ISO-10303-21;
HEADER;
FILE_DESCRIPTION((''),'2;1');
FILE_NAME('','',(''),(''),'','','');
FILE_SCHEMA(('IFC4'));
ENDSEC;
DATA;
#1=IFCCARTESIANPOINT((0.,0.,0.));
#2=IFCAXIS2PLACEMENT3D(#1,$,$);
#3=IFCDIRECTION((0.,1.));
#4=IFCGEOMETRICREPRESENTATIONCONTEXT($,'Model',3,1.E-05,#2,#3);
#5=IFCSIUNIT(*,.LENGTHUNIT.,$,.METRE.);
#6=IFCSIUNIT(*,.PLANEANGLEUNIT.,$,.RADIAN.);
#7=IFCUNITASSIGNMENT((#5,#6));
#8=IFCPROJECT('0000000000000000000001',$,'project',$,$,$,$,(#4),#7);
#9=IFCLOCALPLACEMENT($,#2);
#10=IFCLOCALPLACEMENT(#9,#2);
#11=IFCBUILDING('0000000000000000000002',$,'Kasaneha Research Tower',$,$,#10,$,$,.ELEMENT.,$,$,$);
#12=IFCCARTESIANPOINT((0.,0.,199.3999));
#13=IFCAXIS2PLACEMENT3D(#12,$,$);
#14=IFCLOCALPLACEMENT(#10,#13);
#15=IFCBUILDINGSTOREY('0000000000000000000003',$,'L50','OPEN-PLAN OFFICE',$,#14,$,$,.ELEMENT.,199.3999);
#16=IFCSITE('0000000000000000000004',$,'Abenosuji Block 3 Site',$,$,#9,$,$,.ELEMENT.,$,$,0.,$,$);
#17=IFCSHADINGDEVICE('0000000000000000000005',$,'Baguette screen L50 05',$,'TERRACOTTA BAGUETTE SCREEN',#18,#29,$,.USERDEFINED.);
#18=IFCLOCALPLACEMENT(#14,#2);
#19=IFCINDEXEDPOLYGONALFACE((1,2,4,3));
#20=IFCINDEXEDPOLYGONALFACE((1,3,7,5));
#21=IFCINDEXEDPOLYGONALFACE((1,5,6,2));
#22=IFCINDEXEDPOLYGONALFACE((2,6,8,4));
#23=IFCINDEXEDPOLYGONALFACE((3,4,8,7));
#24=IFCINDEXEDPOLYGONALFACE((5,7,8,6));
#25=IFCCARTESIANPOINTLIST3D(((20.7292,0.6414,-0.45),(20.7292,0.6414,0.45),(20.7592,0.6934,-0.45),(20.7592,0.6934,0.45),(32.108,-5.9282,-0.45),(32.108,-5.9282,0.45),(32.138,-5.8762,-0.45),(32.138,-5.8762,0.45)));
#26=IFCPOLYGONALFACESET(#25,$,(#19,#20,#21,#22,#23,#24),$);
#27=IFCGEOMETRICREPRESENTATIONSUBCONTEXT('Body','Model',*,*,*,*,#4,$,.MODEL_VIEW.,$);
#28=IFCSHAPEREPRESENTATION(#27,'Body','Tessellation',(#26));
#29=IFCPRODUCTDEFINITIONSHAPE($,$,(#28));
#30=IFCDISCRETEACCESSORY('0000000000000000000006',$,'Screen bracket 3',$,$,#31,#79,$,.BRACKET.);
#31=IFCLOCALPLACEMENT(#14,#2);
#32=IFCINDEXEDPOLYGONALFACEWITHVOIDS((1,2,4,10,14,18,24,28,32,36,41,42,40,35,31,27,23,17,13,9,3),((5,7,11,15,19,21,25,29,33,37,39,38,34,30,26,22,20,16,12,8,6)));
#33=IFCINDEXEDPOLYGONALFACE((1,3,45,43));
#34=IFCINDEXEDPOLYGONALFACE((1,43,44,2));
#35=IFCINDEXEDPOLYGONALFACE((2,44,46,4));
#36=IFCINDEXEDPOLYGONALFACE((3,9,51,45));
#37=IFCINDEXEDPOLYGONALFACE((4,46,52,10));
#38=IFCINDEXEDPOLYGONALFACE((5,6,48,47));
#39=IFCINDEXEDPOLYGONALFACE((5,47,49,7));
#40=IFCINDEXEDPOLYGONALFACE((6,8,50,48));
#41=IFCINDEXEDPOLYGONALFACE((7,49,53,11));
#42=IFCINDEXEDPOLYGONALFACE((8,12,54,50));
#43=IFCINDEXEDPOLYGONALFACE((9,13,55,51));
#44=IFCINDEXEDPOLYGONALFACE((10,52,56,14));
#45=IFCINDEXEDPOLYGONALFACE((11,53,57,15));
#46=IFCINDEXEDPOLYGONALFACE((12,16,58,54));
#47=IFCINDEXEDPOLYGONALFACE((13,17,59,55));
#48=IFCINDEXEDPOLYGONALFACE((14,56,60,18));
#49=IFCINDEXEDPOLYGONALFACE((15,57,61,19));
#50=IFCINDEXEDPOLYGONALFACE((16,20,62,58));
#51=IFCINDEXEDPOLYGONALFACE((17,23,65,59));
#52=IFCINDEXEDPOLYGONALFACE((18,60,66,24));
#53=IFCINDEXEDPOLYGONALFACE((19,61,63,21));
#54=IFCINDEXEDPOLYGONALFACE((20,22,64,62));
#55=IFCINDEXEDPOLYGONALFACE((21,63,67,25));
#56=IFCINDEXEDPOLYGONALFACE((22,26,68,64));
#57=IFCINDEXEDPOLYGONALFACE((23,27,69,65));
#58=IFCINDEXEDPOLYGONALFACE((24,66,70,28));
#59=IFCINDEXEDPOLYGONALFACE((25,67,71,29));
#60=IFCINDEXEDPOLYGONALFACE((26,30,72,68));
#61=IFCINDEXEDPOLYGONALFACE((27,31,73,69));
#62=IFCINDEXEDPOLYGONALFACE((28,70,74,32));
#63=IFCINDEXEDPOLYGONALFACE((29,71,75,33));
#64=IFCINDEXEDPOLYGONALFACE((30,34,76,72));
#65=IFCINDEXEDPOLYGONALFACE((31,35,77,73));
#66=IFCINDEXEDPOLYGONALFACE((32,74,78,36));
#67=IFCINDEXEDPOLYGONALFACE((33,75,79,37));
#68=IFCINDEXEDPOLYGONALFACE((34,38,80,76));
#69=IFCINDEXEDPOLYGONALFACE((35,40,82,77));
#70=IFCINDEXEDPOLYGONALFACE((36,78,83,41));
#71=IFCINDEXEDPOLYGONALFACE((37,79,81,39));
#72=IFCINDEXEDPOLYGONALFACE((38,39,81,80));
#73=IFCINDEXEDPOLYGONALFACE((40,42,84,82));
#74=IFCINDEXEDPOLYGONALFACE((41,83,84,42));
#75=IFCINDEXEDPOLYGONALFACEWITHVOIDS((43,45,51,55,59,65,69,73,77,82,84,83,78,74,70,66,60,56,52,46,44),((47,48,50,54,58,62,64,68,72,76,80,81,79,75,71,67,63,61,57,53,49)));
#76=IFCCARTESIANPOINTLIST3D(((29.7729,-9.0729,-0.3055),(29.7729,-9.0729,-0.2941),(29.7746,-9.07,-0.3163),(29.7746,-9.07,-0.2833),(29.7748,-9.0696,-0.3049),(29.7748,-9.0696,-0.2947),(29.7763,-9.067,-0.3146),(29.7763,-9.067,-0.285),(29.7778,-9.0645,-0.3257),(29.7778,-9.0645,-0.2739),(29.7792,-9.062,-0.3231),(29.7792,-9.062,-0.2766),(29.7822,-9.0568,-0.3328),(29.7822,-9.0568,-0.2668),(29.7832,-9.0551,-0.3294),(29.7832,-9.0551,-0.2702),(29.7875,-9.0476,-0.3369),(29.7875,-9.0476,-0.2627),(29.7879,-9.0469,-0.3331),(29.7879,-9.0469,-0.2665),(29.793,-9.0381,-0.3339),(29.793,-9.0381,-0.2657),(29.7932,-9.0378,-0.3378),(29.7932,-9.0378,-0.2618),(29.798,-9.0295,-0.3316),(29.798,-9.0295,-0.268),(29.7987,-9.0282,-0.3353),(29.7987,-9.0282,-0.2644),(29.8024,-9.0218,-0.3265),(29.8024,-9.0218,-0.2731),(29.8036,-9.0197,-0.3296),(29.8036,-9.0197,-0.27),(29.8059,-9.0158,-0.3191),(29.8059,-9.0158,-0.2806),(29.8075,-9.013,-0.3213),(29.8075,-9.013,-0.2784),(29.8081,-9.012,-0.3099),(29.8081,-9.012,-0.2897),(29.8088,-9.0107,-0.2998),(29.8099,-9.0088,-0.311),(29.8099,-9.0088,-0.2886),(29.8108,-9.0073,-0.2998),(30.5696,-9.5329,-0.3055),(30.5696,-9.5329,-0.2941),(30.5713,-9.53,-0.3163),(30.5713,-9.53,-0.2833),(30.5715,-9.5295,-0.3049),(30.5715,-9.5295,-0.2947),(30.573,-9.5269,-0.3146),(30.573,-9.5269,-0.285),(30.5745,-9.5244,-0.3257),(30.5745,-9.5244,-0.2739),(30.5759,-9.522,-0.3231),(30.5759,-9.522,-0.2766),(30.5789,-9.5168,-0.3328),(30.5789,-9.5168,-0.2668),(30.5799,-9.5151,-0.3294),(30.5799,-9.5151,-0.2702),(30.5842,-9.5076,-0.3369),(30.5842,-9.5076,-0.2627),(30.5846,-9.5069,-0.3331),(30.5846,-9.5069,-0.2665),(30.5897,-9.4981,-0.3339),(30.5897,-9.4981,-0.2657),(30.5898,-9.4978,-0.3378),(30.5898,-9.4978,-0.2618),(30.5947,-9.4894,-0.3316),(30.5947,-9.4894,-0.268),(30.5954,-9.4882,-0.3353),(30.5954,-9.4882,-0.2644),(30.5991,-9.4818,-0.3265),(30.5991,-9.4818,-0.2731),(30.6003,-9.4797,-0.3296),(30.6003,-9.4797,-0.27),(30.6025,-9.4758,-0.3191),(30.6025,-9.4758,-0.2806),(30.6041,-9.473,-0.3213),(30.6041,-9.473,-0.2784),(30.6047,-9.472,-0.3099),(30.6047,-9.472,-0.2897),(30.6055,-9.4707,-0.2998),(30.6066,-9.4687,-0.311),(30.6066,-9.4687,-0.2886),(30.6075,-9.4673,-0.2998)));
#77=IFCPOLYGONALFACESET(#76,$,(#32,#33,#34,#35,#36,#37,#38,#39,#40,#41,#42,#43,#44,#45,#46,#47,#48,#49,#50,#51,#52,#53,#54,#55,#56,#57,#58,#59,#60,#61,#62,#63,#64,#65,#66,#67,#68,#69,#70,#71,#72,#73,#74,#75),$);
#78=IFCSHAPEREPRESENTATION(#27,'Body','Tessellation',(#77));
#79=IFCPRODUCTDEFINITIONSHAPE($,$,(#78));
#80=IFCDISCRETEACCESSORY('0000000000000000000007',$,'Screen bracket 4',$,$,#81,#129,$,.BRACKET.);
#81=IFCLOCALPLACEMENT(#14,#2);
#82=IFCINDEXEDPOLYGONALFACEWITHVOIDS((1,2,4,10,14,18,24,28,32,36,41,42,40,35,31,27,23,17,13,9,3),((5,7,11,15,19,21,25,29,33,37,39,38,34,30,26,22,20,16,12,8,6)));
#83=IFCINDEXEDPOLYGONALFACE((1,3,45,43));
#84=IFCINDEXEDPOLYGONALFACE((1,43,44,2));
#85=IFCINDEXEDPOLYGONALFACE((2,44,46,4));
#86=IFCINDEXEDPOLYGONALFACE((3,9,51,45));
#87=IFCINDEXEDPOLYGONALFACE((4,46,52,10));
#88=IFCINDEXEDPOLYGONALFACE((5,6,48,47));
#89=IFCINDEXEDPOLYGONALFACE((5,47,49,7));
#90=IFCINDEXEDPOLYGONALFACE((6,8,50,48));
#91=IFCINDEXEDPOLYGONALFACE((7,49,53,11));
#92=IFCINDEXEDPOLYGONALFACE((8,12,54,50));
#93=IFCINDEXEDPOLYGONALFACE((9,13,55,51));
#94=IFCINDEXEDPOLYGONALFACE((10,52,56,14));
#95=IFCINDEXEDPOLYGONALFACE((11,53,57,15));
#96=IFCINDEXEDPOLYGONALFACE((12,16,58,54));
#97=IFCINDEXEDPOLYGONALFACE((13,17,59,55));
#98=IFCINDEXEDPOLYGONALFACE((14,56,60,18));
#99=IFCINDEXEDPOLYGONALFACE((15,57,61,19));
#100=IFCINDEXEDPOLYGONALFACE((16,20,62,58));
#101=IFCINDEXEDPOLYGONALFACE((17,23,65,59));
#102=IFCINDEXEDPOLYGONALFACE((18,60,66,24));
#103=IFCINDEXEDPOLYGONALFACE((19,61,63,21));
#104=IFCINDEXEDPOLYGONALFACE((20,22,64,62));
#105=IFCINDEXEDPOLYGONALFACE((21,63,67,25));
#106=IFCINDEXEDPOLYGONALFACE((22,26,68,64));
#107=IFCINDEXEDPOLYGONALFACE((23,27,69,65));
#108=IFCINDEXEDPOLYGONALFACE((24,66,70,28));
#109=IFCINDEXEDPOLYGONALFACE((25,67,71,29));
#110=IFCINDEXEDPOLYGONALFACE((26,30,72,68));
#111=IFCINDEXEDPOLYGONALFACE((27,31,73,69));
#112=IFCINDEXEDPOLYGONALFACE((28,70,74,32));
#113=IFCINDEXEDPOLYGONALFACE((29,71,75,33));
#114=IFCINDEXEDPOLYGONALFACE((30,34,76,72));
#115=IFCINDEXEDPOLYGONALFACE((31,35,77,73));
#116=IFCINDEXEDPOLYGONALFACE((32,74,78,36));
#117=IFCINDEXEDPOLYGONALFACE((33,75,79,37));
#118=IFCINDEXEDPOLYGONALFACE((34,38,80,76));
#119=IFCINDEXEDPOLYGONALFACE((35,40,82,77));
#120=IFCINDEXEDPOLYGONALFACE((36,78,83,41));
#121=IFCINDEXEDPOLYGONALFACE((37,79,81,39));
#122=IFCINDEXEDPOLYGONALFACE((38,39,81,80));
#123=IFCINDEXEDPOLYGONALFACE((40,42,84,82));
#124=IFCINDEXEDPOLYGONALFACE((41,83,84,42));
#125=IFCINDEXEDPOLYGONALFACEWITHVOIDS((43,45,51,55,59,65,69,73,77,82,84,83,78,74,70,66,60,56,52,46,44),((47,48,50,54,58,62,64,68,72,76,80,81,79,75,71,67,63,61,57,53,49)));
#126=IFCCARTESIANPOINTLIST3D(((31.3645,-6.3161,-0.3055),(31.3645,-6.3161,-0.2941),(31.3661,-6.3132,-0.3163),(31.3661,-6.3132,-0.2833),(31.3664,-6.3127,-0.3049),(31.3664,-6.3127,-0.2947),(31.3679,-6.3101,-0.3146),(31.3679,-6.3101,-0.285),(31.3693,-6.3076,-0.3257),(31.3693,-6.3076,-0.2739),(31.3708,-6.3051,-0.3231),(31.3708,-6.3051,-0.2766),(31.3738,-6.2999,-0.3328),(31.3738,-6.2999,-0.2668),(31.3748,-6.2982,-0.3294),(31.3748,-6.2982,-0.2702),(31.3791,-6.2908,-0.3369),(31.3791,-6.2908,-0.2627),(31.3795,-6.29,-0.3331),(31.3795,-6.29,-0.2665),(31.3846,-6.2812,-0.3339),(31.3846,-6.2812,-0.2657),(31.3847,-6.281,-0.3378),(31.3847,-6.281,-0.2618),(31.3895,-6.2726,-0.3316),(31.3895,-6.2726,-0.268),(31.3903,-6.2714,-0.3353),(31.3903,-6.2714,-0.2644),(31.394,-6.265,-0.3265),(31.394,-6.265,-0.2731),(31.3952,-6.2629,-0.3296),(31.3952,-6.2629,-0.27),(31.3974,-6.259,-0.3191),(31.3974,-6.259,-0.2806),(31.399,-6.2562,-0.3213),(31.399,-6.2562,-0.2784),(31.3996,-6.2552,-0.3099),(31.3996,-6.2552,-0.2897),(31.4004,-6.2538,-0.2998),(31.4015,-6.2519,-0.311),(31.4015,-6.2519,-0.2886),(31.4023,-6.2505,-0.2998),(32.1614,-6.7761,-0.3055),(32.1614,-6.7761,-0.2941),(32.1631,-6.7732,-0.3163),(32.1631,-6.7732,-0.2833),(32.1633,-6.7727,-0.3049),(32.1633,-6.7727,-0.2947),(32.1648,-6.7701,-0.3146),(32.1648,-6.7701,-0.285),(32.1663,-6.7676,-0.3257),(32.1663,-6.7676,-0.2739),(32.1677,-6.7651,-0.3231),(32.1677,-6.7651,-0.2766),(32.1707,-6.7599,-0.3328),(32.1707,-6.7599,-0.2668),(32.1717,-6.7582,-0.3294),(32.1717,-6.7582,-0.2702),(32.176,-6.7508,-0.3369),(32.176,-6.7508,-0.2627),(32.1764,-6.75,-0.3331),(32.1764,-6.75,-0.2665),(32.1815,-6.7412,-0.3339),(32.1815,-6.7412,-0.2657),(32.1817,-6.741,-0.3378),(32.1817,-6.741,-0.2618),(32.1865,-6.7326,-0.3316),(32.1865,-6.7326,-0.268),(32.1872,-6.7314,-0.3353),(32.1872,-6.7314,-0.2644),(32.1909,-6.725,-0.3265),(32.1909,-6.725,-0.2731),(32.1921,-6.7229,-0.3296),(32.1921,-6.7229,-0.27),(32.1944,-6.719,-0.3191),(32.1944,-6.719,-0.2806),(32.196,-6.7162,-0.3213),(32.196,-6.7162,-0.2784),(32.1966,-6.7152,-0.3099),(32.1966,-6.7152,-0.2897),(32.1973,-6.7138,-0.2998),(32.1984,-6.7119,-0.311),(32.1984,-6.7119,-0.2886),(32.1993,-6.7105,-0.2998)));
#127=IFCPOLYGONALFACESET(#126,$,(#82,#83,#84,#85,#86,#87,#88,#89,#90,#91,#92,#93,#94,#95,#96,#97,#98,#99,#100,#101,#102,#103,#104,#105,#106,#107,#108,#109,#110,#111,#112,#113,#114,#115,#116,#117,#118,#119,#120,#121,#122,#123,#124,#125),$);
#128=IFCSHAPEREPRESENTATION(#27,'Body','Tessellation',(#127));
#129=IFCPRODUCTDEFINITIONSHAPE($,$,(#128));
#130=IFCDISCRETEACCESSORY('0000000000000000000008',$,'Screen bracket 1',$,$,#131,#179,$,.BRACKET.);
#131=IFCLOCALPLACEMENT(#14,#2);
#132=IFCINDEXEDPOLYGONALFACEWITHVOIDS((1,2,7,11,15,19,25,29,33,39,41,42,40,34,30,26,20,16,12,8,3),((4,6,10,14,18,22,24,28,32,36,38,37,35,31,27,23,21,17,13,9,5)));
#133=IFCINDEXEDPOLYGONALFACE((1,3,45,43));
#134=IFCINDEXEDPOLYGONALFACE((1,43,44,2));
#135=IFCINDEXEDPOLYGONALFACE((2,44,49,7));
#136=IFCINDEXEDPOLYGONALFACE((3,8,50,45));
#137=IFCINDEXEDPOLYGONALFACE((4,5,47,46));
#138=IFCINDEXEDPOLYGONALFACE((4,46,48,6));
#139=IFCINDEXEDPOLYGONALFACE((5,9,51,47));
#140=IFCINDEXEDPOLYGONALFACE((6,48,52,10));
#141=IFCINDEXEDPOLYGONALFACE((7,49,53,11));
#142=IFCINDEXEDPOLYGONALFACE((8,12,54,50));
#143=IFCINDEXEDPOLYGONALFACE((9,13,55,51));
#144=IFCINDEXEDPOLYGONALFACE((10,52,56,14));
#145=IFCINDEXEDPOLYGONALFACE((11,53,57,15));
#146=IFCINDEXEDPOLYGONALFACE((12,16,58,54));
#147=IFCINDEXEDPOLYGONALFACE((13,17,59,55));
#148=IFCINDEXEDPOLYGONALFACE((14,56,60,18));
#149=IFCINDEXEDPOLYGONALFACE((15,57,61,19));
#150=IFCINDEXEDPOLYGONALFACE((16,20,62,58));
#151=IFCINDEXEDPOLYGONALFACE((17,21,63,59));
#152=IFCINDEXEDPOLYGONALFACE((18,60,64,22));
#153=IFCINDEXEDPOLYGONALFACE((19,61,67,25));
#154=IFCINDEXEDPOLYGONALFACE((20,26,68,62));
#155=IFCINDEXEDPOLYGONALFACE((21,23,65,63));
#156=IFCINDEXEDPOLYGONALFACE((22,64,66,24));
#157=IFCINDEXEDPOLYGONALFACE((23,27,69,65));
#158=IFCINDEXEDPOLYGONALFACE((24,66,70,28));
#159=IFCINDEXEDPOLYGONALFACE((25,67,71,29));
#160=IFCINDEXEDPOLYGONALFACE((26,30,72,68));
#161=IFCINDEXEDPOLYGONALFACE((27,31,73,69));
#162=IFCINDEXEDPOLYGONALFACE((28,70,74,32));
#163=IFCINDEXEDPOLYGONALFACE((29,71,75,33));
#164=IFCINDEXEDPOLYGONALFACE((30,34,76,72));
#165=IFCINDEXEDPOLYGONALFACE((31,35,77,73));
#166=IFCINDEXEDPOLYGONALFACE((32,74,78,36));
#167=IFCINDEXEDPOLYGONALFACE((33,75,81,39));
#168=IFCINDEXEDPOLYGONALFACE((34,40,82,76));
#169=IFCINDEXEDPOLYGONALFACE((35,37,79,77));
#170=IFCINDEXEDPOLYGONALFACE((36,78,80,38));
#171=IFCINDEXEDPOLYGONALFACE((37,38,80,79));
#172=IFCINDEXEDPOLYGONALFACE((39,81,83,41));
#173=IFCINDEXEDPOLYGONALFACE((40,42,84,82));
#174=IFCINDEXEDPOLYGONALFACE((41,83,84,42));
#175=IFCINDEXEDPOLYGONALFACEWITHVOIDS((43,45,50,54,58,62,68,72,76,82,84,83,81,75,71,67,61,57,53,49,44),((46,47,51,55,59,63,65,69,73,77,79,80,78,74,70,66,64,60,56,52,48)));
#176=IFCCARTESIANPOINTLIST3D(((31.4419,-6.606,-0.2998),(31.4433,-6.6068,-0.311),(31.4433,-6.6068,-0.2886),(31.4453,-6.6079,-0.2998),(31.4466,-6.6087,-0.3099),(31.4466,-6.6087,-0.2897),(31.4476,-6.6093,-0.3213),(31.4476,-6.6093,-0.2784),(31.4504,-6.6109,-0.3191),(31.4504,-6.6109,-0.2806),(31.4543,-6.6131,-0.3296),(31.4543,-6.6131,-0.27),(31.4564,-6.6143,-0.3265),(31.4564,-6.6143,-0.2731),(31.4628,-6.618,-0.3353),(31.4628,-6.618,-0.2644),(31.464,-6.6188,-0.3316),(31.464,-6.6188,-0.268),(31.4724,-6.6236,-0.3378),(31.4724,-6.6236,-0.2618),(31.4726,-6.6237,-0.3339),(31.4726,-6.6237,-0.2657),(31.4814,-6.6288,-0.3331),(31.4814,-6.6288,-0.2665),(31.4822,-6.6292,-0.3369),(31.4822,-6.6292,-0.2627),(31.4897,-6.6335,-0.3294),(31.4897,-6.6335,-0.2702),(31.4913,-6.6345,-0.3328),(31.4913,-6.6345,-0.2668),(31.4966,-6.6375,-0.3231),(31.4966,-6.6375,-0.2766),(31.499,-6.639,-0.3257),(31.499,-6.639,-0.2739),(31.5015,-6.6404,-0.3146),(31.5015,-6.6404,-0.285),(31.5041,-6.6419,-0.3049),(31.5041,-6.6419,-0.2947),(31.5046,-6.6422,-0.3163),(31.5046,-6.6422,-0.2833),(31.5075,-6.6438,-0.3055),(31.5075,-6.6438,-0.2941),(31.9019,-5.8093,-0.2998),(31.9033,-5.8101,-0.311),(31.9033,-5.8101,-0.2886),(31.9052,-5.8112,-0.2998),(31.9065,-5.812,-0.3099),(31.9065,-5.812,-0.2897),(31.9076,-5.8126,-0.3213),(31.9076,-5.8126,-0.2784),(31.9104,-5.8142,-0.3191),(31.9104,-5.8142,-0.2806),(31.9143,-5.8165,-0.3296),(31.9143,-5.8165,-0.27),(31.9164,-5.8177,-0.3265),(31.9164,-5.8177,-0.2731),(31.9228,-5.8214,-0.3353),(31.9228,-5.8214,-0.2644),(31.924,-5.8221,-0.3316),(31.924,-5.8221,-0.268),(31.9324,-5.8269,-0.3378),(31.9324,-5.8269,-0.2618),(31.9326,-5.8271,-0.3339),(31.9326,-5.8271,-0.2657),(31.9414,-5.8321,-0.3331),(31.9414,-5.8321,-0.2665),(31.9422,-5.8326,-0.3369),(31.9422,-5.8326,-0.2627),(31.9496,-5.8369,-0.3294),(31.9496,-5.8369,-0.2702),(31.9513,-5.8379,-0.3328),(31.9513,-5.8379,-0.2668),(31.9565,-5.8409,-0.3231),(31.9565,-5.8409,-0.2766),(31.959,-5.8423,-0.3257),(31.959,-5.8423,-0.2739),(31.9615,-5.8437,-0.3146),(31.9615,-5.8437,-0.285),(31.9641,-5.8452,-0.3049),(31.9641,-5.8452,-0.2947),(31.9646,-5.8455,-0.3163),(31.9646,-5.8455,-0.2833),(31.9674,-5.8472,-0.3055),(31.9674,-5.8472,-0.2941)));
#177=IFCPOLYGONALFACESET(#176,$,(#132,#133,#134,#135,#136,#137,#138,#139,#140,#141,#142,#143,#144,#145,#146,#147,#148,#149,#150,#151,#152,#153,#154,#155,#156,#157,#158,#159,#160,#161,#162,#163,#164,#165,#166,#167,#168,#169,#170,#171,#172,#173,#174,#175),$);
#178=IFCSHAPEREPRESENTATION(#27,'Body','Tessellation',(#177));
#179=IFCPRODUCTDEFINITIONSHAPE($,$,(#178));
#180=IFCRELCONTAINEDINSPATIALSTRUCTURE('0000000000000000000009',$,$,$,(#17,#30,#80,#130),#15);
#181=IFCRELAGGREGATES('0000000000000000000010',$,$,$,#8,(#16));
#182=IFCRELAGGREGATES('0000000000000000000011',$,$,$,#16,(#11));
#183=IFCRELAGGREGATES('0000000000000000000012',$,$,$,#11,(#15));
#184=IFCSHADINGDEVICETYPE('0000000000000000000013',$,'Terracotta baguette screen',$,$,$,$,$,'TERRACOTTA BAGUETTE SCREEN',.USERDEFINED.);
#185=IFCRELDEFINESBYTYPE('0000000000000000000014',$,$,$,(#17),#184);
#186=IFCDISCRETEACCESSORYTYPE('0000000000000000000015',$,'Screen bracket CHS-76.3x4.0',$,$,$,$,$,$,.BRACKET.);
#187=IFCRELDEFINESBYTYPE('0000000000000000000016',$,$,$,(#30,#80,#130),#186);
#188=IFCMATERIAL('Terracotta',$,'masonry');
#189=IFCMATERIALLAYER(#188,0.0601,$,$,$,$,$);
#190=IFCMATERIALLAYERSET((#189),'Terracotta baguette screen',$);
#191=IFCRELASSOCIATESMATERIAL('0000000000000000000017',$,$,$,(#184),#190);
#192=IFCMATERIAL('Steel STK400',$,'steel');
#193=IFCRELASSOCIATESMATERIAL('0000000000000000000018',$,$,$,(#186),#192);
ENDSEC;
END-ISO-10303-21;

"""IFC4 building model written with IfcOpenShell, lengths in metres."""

from ifc_helpers import new_model, si_unit, direction, frame, origin, origin_2d, place, context, subcontext, project, spatial, rectangle, hollow_circle, extrude, material, layer, layer_set, material_profile, profile_set, type_object, element, save


model = new_model("IFC4")

# Units and contexts
model_context = context("Model", 3, precision=1e-05, world=origin(), true_north=direction((0.0, 1.0)))
body_context = subcontext(model_context, "Body", "Model", "MODEL_VIEW")
ifc_project = project(units=[si_unit("LENGTHUNIT", "METRE"), si_unit("PLANEANGLEUNIT", "RADIAN")], contexts=[model_context])

# Site, building, storey
site_placement = place(None, origin())
site = spatial("IfcSite", under=ifc_project, at=site_placement, Name="Abenosuji Block 3 Site", CompositionType="ELEMENT", RefElevation=0.0)
building_placement = place(site_placement, origin())
building = spatial("IfcBuilding", under=site, at=building_placement, Name="Kasaneha Research Tower", CompositionType="ELEMENT")
storey_placement = place(building_placement, frame((0.0, 0.0, 199.3999)))
storey = spatial("IfcBuildingStorey", under=building, at=storey_placement, Name="L50", Description="OPEN-PLAN OFFICE", CompositionType="ELEMENT", Elevation=199.3999)

# Shading device
ifc_material_1 = material(Name="Terracotta", Category="masonry")
ifc_layer_1 = layer(ifc_material_1, 0.0601)
ifc_layer_set_1 = layer_set([ifc_layer_1], Name="Terracotta baguette screen")
shading_device_type = type_object("IfcShadingDeviceType", Name="Terracotta baguette screen", ElementType="TERRACOTTA BAGUETTE SCREEN", PredefinedType="USERDEFINED", material=ifc_layer_set_1)
shading_device_1_placement = place(storey_placement, frame((26.4336, -2.6174, -0.45), z_axis=(0.0, 0.0, 1.0), x_axis=(-0.866025, 0.5, 0.0)))
element("IfcShadingDevice", 1, at=shading_device_1_placement, inside=storey, type_object=shading_device_type, Name="Baguette screen L50 05", ObjectType="TERRACOTTA BAGUETTE SCREEN", PredefinedType="USERDEFINED", context=body_context, shape_type="SweptSolid", body=[
    extrude(rectangle(XDim=13.1392, YDim=0.0601, at=origin_2d()), origin(), (0.0, 0.0, 1.0), 0.8999),
])

# Discrete accessories
ifc_material_2 = material(Name="Steel STK400", Category="steel")
ifc_material_profile_1 = material_profile(ifc_material_2, hollow_circle(Radius=0.0381, WallThickness=0.0039, at=origin_2d()), Name="CHS-76.3x4.0")
ifc_profile_set_1 = profile_set([ifc_material_profile_1], Name="Steel STK400")
discrete_accessory_type = type_object("IfcDiscreteAccessoryType", Name="Screen bracket CHS-76.3x4.0", PredefinedType="BRACKET", material=ifc_profile_set_1)
discrete_accessory_1_placement = place(storey_placement, frame((29.7917, -9.0403, -0.2998), z_axis=(0.866013, -0.500021, 0.0), x_axis=(0.500021, 0.866013, 0.0)))
element("IfcDiscreteAccessory", 2, at=discrete_accessory_1_placement, inside=storey, type_object=discrete_accessory_type, Name="Screen bracket 3", PredefinedType="BRACKET", context=body_context, shape_type="SweptSolid", body=[
    extrude(hollow_circle(Radius=0.0381, WallThickness=0.0039, at=origin_2d()), origin(), (0.0, 0.0, 1.0), 0.9199),
])
discrete_accessory_2_placement = place(storey_placement, frame((31.3833, -6.2834, -0.2998), z_axis=(0.86608, -0.499906, 0.0), x_axis=(0.499906, 0.86608, 0.0)))
element("IfcDiscreteAccessory", 3, at=discrete_accessory_2_placement, inside=storey, type_object=discrete_accessory_type, Name="Screen bracket 4", PredefinedType="BRACKET", context=body_context, shape_type="SweptSolid", body=[
    extrude(hollow_circle(Radius=0.0381, WallThickness=0.0039, at=origin_2d()), origin(), (0.0, 0.0, 1.0), 0.9202),
])
discrete_accessory_3_placement = place(storey_placement, frame((31.4749, -6.625, -0.2998), z_axis=(0.500021, 0.866013, 0.0), x_axis=(-0.866013, 0.500021, 0.0)))
element("IfcDiscreteAccessory", 4, at=discrete_accessory_3_placement, inside=storey, type_object=discrete_accessory_type, Name="Screen bracket 1", PredefinedType="BRACKET", context=body_context, shape_type="SweptSolid", body=[
    extrude(hollow_circle(Radius=0.0381, WallThickness=0.0039, at=origin_2d()), origin(), (0.0, 0.0, 1.0), 0.9199),
])

save(model, "model.ifc")
